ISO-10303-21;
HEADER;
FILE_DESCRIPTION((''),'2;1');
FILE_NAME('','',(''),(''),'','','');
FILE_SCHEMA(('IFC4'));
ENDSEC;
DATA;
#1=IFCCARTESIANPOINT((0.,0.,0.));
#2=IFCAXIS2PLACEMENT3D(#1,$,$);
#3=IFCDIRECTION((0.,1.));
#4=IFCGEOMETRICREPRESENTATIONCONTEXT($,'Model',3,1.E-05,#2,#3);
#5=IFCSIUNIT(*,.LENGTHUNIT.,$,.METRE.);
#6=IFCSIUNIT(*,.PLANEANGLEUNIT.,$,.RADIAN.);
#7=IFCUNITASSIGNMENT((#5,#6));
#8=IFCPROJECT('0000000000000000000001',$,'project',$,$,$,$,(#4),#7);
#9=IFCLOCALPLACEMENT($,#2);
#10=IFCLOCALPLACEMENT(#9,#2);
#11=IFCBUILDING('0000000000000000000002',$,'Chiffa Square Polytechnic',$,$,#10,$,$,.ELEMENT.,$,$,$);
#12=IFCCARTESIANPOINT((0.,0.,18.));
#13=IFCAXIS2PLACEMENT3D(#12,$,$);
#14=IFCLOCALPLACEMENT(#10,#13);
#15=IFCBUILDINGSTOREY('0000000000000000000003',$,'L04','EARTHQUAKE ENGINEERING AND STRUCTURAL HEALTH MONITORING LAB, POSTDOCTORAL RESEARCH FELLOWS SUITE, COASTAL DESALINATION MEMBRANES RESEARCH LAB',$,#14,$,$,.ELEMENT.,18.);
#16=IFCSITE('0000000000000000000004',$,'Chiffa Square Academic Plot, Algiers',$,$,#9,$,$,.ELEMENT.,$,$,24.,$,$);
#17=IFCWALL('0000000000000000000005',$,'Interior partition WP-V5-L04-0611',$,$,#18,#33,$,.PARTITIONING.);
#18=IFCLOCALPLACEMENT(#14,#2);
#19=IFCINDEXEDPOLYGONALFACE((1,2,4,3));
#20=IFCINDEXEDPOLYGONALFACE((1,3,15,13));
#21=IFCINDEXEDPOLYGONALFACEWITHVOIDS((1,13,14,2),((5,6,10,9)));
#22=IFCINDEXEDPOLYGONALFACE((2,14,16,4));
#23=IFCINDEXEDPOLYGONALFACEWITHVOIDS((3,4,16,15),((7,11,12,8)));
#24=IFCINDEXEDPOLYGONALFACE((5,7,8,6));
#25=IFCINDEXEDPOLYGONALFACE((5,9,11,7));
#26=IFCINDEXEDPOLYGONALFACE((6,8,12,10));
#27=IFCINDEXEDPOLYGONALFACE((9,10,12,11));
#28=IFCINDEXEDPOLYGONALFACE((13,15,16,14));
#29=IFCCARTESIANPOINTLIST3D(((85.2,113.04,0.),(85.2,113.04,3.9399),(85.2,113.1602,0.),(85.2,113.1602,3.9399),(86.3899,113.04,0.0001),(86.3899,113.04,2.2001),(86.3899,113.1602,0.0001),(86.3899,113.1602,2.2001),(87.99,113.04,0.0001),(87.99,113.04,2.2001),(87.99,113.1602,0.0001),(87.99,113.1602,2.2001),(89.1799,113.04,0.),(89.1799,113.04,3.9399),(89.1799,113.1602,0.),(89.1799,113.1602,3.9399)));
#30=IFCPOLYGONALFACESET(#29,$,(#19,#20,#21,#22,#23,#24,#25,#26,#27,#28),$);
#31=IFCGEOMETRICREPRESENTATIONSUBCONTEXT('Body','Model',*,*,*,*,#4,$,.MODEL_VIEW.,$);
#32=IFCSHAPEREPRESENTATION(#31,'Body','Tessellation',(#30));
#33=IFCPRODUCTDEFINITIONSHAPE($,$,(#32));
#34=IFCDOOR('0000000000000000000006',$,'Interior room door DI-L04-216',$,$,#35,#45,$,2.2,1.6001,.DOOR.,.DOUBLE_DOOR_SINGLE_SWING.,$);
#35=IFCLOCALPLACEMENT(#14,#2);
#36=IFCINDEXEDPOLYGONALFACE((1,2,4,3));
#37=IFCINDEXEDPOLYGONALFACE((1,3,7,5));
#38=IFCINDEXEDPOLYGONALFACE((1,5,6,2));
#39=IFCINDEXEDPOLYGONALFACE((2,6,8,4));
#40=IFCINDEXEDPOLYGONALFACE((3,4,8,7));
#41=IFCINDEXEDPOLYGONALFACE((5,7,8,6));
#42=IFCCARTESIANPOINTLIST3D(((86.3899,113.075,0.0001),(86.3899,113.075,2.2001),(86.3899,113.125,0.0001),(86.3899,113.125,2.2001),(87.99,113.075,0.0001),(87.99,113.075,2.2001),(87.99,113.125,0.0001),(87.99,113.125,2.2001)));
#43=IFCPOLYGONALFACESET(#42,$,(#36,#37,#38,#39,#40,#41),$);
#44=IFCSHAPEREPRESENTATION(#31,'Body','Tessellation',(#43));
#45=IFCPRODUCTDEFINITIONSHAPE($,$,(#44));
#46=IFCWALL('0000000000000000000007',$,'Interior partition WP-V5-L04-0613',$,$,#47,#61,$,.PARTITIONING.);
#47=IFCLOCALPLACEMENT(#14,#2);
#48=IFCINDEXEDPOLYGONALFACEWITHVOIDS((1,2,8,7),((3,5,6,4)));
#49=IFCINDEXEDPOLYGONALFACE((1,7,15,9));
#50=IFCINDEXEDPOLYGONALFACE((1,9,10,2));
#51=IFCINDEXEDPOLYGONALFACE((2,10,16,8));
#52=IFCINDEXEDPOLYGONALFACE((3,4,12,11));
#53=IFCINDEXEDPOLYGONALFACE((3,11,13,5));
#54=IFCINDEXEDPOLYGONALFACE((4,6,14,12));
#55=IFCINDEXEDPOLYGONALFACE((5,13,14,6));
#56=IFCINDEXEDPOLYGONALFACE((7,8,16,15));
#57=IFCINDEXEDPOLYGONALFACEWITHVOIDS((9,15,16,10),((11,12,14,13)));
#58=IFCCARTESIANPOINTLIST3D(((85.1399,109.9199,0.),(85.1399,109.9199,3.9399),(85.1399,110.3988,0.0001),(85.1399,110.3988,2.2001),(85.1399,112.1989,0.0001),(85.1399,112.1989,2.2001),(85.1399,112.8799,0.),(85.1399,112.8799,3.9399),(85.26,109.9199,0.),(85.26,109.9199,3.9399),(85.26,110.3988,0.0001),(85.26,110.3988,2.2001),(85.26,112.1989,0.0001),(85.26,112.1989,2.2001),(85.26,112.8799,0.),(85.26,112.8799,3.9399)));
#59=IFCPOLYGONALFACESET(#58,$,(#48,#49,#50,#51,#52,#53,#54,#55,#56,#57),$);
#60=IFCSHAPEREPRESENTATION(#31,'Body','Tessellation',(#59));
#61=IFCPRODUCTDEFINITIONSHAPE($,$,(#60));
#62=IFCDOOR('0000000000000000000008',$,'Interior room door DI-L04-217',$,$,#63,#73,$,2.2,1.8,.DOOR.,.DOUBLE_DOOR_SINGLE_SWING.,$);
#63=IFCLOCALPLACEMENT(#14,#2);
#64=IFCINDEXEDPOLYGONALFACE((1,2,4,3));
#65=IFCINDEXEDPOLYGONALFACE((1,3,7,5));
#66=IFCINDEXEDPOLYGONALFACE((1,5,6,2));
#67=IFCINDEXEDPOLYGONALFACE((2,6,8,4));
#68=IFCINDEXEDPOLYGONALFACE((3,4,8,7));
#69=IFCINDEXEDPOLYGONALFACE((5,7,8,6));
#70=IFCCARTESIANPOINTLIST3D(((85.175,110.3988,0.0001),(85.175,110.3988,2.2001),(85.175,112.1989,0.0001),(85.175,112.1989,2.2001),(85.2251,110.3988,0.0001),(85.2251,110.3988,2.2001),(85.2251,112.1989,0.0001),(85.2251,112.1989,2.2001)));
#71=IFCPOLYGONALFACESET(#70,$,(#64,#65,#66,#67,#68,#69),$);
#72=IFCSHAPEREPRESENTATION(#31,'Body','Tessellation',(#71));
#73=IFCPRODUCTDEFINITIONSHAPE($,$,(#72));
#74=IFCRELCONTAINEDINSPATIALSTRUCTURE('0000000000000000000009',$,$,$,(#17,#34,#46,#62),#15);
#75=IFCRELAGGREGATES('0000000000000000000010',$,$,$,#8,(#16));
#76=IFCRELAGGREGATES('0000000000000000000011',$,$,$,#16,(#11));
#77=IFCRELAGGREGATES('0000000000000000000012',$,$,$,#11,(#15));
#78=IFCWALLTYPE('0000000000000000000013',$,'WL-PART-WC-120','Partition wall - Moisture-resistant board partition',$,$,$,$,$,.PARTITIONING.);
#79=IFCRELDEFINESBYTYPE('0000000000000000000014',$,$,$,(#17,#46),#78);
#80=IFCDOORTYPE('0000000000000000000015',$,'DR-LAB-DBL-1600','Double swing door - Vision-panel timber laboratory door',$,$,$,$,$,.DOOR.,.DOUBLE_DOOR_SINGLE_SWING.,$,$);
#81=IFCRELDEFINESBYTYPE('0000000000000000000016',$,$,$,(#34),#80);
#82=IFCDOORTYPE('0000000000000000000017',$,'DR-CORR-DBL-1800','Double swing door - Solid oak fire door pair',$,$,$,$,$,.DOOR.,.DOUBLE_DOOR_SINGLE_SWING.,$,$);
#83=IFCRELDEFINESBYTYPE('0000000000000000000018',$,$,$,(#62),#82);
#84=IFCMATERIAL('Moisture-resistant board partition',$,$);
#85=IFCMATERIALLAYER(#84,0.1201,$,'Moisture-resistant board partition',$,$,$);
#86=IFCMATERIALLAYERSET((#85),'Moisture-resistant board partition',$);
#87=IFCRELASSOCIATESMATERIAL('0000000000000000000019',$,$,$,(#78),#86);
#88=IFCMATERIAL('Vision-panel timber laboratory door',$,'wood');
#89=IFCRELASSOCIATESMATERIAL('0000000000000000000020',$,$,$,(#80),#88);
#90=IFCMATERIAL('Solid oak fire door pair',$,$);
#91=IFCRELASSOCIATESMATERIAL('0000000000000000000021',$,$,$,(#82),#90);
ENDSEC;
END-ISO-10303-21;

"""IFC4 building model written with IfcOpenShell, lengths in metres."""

from ifc_helpers import new_model, si_unit, direction, frame, frame_2d, origin, place, context, subcontext, project, spatial, rectangle, extrude, material, layer, layer_set, type_object, element, fill, save


model = new_model("IFC4")

# Units and contexts
model_context = context("Model", 3, precision=1e-05, world=origin(), true_north=direction((0.0, 1.0)))
body_context = subcontext(model_context, "Body", "Model", "MODEL_VIEW")
ifc_project = project(units=[si_unit("LENGTHUNIT", "METRE"), si_unit("PLANEANGLEUNIT", "RADIAN")], contexts=[model_context])

# Site, building, storey
site_placement = place(None, origin())
site = spatial("IfcSite", under=ifc_project, at=site_placement, Name="Chiffa Square Academic Plot, Algiers", CompositionType="ELEMENT", RefElevation=24.0)
building_placement = place(site_placement, origin())
building = spatial("IfcBuilding", under=site, at=building_placement, Name="Chiffa Square Polytechnic", CompositionType="ELEMENT")
storey_placement = place(building_placement, frame((0.0, 0.0, 18.0)))
storey = spatial("IfcBuildingStorey", under=building, at=storey_placement, Name="L04", Description="EARTHQUAKE ENGINEERING AND STRUCTURAL HEALTH MONITORING LAB, POSTDOCTORAL RESEARCH FELLOWS SUITE, COASTAL DESALINATION MEMBRANES RESEARCH LAB", CompositionType="ELEMENT", Elevation=18.0)

# Shared definitions
ifc_material_1 = material(Name="Moisture-resistant board partition")
ifc_layer_1 = layer(ifc_material_1, 0.1201, Name="Moisture-resistant board partition")
ifc_layer_set_1 = layer_set([ifc_layer_1], Name="Moisture-resistant board partition")
wall_type_1 = type_object("IfcWallType", Name="WL-PART-WC-120", Description="Partition wall - Moisture-resistant board partition", PredefinedType="PARTITIONING", material=ifc_layer_set_1)

# Walls, openings, doors
wall_1_placement = place(storey_placement, frame((85.2, 113.1001, 0.0), z_axis=(0.0, 0.0, 1.0), x_axis=(1.0, 0.0, 0.0)))
wall_1 = element("IfcWall", 1, at=wall_1_placement, inside=storey, type_object=wall_type_1, Name="Interior partition WP-V5-L04-0611", PredefinedType="PARTITIONING", context=body_context, shape_type="SweptSolid", body=[
    extrude(rectangle(XDim=3.98, YDim=0.1201, at=frame_2d((1.99, 0.0))), origin(), (0.0, 0.0, 1.0), 3.9399),
])
opening_1_placement = place(wall_1_placement, frame((1.1899, 0.0, 0.0)))
opening_1 = element("IfcOpeningElement", 2, at=opening_1_placement, cuts=wall_1, PredefinedType="OPENING", context=body_context, shape_type="SweptSolid", body=[
    extrude(rectangle(XDim=1.6001, YDim=2.2, at=frame_2d((0.8, 1.1001))), frame((0.0, 0.0701, 0.0), z_axis=(0.0, -1.0, 0.0), x_axis=(1.0, 0.0, 0.0)), (0.0, 0.0, 1.0), 0.1401),
])
ifc_material_2 = material(Name="Vision-panel timber laboratory door", Category="wood")
door_type_1 = type_object("IfcDoorType", Name="DR-LAB-DBL-1600", Description="Double swing door - Vision-panel timber laboratory door", OperationType="DOUBLE_DOOR_SINGLE_SWING", PredefinedType="DOOR", material=ifc_material_2)
door_1_placement = place(opening_1_placement, origin())
door_1 = element("IfcDoor", 3, at=door_1_placement, inside=storey, type_object=door_type_1, Name="Interior room door DI-L04-216", OperationType="DOUBLE_DOOR_SINGLE_SWING", OverallHeight=2.2, OverallWidth=1.6001, PredefinedType="DOOR", context=body_context, shape_type="SweptSolid", body=[
    extrude(rectangle(XDim=1.6001, YDim=2.2, at=frame_2d((0.8, 1.1001))), frame((0.0, 0.0249, 0.0), z_axis=(0.0, -1.0, 0.0), x_axis=(1.0, 0.0, 0.0)), (0.0, 0.0, 1.0), 0.05),
])
fill(opening_1, door_1)
wall_2_placement = place(storey_placement, frame((85.2, 109.9199, 0.0), z_axis=(0.0, 0.0, 1.0), x_axis=(0.0, 1.0, 0.0)))
wall_2 = element("IfcWall", 4, at=wall_2_placement, inside=storey, type_object=wall_type_1, Name="Interior partition WP-V5-L04-0613", PredefinedType="PARTITIONING", context=body_context, shape_type="SweptSolid", body=[
    extrude(rectangle(XDim=2.96, YDim=0.1201, at=frame_2d((1.48, 0.0))), origin(), (0.0, 0.0, 1.0), 3.9399),
])
opening_2_placement = place(wall_2_placement, frame((0.479, 0.0, 0.0)))
opening_2 = element("IfcOpeningElement", 5, at=opening_2_placement, cuts=wall_2, PredefinedType="OPENING", context=body_context, shape_type="SweptSolid", body=[
    extrude(rectangle(XDim=1.8, YDim=2.2, at=frame_2d((0.8999, 1.1001))), frame((0.0, 0.0701, 0.0), z_axis=(0.0, -1.0, 0.0), x_axis=(1.0, 0.0, 0.0)), (0.0, 0.0, 1.0), 0.1401),
])
ifc_material_3 = material(Name="Solid oak fire door pair")
door_type_2 = type_object("IfcDoorType", Name="DR-CORR-DBL-1800", Description="Double swing door - Solid oak fire door pair", OperationType="DOUBLE_DOOR_SINGLE_SWING", PredefinedType="DOOR", material=ifc_material_3)
door_2_placement = place(opening_2_placement, origin())
door_2 = element("IfcDoor", 6, at=door_2_placement, inside=storey, type_object=door_type_2, Name="Interior room door DI-L04-217", OperationType="DOUBLE_DOOR_SINGLE_SWING", OverallHeight=2.2, OverallWidth=1.8, PredefinedType="DOOR", context=body_context, shape_type="SweptSolid", body=[
    extrude(rectangle(XDim=1.8, YDim=2.2, at=frame_2d((0.8999, 1.1001))), frame((0.0, 0.0249, 0.0), z_axis=(0.0, -1.0, 0.0), x_axis=(1.0, 0.0, 0.0)), (0.0, 0.0, 1.0), 0.05),
])
fill(opening_2, door_2)

save(model, "model.ifc")
